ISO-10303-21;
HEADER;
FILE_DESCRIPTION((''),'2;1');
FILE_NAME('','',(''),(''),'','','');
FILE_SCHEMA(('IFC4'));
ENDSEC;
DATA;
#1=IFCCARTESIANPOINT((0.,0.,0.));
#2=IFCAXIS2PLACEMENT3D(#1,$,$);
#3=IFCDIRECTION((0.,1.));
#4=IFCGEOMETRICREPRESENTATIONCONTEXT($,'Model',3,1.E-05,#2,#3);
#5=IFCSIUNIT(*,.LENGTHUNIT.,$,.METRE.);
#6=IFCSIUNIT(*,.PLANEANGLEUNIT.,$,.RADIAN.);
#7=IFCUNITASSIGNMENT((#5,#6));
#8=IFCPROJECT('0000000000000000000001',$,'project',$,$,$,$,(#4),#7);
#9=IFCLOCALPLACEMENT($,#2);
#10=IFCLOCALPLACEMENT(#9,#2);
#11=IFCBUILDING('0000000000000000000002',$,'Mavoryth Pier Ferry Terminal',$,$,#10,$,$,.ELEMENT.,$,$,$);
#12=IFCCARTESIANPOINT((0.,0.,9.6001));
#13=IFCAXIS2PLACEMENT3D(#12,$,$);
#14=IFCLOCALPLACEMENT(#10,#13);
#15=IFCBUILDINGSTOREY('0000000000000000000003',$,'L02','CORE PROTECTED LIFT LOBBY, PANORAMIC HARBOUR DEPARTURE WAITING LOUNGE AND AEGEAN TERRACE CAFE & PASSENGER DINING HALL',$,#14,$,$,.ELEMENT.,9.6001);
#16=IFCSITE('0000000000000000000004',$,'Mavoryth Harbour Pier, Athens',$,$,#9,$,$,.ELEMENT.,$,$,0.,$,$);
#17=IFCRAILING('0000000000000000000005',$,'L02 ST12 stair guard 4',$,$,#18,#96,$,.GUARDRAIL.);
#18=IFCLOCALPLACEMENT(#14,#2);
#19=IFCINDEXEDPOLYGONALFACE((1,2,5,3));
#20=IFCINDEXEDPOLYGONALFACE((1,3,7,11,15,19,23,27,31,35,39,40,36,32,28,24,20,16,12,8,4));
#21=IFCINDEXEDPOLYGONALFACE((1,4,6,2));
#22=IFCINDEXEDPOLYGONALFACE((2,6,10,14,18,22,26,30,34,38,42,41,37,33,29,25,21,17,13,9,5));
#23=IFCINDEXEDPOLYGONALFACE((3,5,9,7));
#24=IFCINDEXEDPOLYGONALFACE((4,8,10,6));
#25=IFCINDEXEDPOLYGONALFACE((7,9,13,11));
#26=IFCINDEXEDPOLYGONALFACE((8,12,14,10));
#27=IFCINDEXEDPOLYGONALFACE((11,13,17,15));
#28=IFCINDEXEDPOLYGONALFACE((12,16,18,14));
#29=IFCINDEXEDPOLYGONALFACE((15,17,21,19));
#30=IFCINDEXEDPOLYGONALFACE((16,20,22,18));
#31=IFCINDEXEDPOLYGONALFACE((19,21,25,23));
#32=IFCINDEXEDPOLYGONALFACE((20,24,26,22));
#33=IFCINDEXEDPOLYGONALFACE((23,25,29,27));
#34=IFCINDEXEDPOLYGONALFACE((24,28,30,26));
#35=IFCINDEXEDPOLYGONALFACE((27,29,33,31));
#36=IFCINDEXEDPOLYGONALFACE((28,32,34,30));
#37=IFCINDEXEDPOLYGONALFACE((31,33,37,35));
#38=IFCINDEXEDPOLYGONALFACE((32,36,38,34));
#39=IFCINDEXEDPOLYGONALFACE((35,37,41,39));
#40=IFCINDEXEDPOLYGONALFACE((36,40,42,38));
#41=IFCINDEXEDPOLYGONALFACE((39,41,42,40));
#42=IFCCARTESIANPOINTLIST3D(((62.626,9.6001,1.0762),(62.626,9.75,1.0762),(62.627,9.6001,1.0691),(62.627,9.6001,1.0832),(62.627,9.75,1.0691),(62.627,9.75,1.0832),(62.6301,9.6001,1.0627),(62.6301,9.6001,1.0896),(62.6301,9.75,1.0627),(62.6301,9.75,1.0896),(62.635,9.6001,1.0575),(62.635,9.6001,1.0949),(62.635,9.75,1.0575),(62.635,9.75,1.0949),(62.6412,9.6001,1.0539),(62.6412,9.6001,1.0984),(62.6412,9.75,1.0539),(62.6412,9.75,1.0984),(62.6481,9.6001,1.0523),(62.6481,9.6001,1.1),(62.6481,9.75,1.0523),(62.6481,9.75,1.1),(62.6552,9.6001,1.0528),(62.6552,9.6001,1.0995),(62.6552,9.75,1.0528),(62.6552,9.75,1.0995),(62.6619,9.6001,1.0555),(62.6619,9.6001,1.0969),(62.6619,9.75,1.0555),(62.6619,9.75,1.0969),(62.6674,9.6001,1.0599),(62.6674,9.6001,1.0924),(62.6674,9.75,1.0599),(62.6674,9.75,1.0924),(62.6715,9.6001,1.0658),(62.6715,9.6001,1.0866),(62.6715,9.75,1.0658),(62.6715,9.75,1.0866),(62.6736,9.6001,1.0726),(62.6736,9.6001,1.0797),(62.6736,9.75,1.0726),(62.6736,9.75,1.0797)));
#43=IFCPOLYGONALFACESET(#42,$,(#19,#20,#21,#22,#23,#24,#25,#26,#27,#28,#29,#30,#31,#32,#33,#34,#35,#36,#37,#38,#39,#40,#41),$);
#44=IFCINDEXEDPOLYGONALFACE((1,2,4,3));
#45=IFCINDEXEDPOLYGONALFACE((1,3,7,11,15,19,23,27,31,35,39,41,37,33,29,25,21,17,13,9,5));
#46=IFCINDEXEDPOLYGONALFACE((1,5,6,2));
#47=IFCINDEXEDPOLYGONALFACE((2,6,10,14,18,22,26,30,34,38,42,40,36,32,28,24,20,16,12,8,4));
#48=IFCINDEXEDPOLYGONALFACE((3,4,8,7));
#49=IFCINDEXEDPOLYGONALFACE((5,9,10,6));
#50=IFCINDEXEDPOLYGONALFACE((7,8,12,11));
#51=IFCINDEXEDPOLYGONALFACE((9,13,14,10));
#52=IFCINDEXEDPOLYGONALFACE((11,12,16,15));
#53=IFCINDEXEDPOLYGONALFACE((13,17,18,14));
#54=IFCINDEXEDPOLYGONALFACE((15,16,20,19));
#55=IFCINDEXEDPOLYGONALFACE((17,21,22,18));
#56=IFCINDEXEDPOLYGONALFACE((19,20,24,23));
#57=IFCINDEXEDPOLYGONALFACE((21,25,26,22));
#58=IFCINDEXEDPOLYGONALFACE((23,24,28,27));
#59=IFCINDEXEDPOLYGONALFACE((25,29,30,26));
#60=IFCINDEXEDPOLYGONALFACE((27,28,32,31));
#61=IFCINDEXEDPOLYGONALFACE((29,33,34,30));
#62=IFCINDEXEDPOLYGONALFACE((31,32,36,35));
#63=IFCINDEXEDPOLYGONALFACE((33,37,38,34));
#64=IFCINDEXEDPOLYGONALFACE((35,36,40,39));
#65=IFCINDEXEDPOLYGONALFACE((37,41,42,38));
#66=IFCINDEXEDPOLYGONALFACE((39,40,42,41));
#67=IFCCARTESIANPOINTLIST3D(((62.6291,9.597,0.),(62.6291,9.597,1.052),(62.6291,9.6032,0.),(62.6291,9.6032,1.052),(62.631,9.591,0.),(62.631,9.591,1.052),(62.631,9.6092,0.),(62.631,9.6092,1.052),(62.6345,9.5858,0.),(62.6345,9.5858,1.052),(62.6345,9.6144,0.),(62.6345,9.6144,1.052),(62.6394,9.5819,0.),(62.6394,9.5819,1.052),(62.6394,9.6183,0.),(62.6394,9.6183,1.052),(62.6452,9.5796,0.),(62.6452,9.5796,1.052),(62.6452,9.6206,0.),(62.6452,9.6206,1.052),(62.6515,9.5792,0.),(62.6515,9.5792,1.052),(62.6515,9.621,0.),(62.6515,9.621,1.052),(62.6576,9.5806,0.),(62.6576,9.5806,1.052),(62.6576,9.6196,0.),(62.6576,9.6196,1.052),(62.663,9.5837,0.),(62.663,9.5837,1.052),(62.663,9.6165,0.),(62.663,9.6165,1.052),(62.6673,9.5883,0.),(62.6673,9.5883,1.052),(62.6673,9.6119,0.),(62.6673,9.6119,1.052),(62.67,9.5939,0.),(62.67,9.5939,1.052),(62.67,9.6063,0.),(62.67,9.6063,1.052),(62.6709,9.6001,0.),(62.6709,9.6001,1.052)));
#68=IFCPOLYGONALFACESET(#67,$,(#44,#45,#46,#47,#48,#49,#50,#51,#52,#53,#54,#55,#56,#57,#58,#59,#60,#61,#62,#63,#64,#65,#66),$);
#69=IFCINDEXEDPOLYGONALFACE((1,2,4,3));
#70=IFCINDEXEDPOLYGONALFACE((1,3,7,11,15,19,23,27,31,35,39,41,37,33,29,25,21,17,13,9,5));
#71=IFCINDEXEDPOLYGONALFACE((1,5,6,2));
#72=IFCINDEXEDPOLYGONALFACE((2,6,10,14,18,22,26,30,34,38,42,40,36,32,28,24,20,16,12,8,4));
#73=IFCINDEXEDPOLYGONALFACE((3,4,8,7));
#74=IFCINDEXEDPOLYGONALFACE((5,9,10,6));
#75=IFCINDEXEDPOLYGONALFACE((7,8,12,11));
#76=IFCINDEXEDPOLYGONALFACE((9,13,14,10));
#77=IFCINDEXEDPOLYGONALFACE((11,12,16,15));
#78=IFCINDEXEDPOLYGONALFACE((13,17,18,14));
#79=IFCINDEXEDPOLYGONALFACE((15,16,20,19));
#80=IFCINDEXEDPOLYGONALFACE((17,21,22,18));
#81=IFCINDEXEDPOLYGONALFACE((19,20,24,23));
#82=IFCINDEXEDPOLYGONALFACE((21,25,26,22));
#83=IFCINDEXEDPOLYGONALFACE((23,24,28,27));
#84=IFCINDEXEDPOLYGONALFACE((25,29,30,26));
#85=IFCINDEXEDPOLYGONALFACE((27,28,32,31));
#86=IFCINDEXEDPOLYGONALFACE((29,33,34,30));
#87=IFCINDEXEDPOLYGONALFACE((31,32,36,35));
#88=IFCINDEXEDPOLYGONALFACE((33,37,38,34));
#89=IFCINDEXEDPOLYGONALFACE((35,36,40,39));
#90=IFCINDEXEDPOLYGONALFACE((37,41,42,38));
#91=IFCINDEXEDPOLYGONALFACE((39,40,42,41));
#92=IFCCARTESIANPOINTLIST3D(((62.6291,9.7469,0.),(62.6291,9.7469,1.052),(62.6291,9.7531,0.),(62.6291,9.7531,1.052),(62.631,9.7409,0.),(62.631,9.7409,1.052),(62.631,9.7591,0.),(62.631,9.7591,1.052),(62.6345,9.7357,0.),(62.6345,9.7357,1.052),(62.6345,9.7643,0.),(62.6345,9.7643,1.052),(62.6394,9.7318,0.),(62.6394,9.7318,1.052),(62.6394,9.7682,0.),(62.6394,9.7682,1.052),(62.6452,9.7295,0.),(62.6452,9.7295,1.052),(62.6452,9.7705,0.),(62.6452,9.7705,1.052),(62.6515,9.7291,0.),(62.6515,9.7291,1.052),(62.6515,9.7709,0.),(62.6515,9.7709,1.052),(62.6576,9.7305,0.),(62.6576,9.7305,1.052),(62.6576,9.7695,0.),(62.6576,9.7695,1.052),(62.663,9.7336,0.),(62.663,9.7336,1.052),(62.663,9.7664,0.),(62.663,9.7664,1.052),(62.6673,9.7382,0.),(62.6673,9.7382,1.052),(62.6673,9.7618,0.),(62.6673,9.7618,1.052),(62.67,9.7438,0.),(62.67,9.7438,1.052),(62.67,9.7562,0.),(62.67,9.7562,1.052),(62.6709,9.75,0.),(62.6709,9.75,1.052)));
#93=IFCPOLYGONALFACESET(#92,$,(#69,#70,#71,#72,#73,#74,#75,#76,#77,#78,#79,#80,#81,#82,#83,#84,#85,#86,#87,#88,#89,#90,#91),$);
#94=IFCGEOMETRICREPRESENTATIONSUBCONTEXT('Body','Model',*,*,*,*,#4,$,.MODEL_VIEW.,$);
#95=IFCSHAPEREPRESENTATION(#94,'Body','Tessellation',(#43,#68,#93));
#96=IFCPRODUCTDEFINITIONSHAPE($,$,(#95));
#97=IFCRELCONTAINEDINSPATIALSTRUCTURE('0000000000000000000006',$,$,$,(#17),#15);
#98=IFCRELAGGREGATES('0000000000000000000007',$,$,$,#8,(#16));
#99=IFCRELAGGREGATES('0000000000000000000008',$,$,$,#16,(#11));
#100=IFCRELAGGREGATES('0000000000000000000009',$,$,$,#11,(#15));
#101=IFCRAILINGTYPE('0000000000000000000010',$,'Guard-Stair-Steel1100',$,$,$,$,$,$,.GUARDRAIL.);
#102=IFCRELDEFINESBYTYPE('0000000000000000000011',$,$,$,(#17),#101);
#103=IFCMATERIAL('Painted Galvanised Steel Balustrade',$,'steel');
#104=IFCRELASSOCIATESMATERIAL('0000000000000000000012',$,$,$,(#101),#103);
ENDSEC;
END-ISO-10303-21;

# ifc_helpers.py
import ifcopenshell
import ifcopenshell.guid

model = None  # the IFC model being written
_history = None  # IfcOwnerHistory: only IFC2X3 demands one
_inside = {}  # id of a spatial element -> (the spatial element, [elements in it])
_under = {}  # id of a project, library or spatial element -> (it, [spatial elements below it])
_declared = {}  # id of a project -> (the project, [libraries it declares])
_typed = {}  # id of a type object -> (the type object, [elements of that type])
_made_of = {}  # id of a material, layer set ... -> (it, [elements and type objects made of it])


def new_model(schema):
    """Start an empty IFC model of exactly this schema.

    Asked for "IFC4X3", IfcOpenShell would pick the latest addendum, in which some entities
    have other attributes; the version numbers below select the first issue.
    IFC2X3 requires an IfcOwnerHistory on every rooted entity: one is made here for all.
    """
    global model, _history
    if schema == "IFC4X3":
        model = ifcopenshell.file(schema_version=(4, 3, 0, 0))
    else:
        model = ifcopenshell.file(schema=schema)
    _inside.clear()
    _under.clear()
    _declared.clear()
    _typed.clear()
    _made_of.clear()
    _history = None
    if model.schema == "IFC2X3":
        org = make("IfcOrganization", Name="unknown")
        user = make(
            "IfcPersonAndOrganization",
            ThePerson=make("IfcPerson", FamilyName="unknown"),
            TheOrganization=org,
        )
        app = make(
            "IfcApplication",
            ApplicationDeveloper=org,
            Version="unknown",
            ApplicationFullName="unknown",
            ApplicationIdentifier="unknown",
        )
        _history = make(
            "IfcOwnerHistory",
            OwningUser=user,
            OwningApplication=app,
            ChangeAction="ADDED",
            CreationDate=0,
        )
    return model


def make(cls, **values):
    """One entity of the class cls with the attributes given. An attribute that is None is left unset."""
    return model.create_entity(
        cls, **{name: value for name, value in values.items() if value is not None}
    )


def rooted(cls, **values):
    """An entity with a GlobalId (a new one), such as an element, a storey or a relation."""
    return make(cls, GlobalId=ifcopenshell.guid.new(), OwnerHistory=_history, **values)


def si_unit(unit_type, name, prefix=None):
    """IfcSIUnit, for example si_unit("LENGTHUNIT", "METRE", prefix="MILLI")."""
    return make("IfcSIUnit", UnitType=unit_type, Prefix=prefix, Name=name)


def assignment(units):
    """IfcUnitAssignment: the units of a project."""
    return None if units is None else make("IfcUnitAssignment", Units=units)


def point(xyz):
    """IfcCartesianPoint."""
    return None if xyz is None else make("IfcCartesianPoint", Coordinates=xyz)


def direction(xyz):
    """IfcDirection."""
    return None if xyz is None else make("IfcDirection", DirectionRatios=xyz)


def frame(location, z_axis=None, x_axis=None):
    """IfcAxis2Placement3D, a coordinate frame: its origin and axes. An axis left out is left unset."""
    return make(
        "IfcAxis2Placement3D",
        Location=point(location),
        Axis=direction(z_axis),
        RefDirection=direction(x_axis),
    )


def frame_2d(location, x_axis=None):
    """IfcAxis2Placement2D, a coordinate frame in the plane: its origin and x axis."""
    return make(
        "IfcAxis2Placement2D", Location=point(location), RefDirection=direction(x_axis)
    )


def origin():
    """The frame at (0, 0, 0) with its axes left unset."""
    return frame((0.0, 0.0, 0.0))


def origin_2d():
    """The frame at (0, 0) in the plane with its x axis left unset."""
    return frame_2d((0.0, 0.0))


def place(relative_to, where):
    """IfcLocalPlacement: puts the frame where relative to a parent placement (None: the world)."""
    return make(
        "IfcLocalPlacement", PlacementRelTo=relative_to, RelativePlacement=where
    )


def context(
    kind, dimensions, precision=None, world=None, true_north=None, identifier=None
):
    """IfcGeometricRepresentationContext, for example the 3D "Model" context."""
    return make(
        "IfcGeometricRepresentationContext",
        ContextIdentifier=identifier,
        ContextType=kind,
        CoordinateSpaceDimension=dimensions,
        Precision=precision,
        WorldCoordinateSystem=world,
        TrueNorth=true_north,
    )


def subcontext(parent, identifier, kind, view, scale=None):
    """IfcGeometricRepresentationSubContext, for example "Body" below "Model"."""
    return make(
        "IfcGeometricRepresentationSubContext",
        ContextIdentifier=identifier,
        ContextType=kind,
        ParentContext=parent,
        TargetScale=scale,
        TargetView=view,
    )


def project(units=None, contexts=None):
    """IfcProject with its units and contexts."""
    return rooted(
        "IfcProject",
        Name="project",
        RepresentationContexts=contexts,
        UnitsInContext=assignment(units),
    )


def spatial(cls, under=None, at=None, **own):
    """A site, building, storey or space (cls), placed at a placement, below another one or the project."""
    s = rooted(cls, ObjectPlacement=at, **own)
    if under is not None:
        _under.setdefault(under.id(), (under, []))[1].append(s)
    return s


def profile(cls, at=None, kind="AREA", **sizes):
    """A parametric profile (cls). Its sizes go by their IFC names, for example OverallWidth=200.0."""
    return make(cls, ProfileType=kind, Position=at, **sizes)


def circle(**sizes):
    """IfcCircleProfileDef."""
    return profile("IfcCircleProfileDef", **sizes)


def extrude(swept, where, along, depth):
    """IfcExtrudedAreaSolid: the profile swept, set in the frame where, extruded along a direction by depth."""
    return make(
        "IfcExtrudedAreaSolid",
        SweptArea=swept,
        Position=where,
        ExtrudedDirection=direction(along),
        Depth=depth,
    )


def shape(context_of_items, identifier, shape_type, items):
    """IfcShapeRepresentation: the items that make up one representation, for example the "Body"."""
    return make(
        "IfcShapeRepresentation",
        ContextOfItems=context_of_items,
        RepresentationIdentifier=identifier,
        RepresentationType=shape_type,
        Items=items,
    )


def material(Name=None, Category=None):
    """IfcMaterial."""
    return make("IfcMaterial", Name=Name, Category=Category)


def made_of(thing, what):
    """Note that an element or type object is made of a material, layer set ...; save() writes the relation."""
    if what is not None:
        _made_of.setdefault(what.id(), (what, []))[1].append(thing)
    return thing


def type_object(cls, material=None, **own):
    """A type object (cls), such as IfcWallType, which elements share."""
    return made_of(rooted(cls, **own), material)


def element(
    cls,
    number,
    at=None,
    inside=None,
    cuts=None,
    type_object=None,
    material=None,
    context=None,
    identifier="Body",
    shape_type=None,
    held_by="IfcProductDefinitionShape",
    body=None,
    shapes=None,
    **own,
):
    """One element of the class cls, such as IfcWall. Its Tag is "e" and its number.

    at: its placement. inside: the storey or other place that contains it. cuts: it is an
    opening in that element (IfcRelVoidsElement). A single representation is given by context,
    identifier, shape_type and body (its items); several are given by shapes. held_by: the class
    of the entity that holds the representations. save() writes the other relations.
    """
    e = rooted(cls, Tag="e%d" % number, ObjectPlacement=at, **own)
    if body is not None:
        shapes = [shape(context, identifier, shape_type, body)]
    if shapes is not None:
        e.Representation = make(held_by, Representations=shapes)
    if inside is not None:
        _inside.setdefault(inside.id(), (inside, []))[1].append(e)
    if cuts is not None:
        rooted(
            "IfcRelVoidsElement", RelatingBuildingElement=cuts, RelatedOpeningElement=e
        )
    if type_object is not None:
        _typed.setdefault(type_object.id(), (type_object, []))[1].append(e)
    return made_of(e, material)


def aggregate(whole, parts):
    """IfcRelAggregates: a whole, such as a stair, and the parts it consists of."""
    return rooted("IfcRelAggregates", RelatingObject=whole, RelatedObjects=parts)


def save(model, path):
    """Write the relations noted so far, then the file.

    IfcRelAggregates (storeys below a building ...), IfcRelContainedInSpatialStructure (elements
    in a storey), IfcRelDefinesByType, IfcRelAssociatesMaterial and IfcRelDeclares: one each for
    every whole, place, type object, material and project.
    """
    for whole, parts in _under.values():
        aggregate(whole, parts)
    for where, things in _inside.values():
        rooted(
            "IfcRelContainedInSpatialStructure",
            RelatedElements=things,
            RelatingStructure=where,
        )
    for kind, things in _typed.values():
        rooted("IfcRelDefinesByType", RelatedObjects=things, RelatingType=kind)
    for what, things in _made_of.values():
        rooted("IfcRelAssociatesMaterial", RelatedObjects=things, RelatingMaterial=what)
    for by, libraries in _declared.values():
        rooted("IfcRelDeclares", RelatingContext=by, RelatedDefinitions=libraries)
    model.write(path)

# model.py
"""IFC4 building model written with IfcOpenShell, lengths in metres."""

from ifc_helpers import new_model, si_unit, direction, frame, origin, origin_2d, place, context, subcontext, project, spatial, circle, extrude, material, type_object, element, save


model = new_model("IFC4")

# Units and contexts
model_context = context("Model", 3, precision=1e-05, world=origin(), true_north=direction((0.0, 1.0)))
body_context = subcontext(model_context, "Body", "Model", "MODEL_VIEW")
ifc_project = project(units=[si_unit("LENGTHUNIT", "METRE"), si_unit("PLANEANGLEUNIT", "RADIAN")], contexts=[model_context])

# Site, building, storey
site_placement = place(None, origin())
site = spatial("IfcSite", under=ifc_project, at=site_placement, Name="Mavoryth Harbour Pier, Athens", CompositionType="ELEMENT", RefElevation=0.0)
building_placement = place(site_placement, origin())
building = spatial("IfcBuilding", under=site, at=building_placement, Name="Mavoryth Pier Ferry Terminal", CompositionType="ELEMENT")
storey_placement = place(building_placement, frame((0.0, 0.0, 9.6001)))
storey = spatial("IfcBuildingStorey", under=building, at=storey_placement, Name="L02", Description="CORE PROTECTED LIFT LOBBY, PANORAMIC HARBOUR DEPARTURE WAITING LOUNGE AND AEGEAN TERRACE CAFE & PASSENGER DINING HALL", CompositionType="ELEMENT", Elevation=9.6001)

# Railing
ifc_material_1 = material(Name="Painted Galvanised Steel Balustrade", Category="steel")
railing_type_1 = type_object("IfcRailingType", Name="Guard-Stair-Steel1100", PredefinedType="GUARDRAIL", material=ifc_material_1)
railing_1_placement = place(storey_placement, frame((62.6499, 9.6001, 0.0)))
element("IfcRailing", 1, at=railing_1_placement, inside=storey, type_object=railing_type_1, Name="L02 ST12 stair guard 4", PredefinedType="GUARDRAIL", context=body_context, shape_type="SweptSolid", body=[
    extrude(circle(Radius=0.0239, at=origin_2d()), frame((0.0, 0.0, 1.0762), z_axis=(0.0, 1.0, 0.0), x_axis=(-1.0, 0.0, 0.0)), (0.0, 0.0, 1.0), 0.1499),
    extrude(circle(Radius=0.021, at=origin_2d()), origin(), (0.0, 0.0, 1.0), 1.052),
    extrude(circle(Radius=0.021, at=origin_2d()), frame((0.0, 0.1499, 0.0)), (0.0, 0.0, 1.0), 1.052),
])

save(model, "model.ifc")
